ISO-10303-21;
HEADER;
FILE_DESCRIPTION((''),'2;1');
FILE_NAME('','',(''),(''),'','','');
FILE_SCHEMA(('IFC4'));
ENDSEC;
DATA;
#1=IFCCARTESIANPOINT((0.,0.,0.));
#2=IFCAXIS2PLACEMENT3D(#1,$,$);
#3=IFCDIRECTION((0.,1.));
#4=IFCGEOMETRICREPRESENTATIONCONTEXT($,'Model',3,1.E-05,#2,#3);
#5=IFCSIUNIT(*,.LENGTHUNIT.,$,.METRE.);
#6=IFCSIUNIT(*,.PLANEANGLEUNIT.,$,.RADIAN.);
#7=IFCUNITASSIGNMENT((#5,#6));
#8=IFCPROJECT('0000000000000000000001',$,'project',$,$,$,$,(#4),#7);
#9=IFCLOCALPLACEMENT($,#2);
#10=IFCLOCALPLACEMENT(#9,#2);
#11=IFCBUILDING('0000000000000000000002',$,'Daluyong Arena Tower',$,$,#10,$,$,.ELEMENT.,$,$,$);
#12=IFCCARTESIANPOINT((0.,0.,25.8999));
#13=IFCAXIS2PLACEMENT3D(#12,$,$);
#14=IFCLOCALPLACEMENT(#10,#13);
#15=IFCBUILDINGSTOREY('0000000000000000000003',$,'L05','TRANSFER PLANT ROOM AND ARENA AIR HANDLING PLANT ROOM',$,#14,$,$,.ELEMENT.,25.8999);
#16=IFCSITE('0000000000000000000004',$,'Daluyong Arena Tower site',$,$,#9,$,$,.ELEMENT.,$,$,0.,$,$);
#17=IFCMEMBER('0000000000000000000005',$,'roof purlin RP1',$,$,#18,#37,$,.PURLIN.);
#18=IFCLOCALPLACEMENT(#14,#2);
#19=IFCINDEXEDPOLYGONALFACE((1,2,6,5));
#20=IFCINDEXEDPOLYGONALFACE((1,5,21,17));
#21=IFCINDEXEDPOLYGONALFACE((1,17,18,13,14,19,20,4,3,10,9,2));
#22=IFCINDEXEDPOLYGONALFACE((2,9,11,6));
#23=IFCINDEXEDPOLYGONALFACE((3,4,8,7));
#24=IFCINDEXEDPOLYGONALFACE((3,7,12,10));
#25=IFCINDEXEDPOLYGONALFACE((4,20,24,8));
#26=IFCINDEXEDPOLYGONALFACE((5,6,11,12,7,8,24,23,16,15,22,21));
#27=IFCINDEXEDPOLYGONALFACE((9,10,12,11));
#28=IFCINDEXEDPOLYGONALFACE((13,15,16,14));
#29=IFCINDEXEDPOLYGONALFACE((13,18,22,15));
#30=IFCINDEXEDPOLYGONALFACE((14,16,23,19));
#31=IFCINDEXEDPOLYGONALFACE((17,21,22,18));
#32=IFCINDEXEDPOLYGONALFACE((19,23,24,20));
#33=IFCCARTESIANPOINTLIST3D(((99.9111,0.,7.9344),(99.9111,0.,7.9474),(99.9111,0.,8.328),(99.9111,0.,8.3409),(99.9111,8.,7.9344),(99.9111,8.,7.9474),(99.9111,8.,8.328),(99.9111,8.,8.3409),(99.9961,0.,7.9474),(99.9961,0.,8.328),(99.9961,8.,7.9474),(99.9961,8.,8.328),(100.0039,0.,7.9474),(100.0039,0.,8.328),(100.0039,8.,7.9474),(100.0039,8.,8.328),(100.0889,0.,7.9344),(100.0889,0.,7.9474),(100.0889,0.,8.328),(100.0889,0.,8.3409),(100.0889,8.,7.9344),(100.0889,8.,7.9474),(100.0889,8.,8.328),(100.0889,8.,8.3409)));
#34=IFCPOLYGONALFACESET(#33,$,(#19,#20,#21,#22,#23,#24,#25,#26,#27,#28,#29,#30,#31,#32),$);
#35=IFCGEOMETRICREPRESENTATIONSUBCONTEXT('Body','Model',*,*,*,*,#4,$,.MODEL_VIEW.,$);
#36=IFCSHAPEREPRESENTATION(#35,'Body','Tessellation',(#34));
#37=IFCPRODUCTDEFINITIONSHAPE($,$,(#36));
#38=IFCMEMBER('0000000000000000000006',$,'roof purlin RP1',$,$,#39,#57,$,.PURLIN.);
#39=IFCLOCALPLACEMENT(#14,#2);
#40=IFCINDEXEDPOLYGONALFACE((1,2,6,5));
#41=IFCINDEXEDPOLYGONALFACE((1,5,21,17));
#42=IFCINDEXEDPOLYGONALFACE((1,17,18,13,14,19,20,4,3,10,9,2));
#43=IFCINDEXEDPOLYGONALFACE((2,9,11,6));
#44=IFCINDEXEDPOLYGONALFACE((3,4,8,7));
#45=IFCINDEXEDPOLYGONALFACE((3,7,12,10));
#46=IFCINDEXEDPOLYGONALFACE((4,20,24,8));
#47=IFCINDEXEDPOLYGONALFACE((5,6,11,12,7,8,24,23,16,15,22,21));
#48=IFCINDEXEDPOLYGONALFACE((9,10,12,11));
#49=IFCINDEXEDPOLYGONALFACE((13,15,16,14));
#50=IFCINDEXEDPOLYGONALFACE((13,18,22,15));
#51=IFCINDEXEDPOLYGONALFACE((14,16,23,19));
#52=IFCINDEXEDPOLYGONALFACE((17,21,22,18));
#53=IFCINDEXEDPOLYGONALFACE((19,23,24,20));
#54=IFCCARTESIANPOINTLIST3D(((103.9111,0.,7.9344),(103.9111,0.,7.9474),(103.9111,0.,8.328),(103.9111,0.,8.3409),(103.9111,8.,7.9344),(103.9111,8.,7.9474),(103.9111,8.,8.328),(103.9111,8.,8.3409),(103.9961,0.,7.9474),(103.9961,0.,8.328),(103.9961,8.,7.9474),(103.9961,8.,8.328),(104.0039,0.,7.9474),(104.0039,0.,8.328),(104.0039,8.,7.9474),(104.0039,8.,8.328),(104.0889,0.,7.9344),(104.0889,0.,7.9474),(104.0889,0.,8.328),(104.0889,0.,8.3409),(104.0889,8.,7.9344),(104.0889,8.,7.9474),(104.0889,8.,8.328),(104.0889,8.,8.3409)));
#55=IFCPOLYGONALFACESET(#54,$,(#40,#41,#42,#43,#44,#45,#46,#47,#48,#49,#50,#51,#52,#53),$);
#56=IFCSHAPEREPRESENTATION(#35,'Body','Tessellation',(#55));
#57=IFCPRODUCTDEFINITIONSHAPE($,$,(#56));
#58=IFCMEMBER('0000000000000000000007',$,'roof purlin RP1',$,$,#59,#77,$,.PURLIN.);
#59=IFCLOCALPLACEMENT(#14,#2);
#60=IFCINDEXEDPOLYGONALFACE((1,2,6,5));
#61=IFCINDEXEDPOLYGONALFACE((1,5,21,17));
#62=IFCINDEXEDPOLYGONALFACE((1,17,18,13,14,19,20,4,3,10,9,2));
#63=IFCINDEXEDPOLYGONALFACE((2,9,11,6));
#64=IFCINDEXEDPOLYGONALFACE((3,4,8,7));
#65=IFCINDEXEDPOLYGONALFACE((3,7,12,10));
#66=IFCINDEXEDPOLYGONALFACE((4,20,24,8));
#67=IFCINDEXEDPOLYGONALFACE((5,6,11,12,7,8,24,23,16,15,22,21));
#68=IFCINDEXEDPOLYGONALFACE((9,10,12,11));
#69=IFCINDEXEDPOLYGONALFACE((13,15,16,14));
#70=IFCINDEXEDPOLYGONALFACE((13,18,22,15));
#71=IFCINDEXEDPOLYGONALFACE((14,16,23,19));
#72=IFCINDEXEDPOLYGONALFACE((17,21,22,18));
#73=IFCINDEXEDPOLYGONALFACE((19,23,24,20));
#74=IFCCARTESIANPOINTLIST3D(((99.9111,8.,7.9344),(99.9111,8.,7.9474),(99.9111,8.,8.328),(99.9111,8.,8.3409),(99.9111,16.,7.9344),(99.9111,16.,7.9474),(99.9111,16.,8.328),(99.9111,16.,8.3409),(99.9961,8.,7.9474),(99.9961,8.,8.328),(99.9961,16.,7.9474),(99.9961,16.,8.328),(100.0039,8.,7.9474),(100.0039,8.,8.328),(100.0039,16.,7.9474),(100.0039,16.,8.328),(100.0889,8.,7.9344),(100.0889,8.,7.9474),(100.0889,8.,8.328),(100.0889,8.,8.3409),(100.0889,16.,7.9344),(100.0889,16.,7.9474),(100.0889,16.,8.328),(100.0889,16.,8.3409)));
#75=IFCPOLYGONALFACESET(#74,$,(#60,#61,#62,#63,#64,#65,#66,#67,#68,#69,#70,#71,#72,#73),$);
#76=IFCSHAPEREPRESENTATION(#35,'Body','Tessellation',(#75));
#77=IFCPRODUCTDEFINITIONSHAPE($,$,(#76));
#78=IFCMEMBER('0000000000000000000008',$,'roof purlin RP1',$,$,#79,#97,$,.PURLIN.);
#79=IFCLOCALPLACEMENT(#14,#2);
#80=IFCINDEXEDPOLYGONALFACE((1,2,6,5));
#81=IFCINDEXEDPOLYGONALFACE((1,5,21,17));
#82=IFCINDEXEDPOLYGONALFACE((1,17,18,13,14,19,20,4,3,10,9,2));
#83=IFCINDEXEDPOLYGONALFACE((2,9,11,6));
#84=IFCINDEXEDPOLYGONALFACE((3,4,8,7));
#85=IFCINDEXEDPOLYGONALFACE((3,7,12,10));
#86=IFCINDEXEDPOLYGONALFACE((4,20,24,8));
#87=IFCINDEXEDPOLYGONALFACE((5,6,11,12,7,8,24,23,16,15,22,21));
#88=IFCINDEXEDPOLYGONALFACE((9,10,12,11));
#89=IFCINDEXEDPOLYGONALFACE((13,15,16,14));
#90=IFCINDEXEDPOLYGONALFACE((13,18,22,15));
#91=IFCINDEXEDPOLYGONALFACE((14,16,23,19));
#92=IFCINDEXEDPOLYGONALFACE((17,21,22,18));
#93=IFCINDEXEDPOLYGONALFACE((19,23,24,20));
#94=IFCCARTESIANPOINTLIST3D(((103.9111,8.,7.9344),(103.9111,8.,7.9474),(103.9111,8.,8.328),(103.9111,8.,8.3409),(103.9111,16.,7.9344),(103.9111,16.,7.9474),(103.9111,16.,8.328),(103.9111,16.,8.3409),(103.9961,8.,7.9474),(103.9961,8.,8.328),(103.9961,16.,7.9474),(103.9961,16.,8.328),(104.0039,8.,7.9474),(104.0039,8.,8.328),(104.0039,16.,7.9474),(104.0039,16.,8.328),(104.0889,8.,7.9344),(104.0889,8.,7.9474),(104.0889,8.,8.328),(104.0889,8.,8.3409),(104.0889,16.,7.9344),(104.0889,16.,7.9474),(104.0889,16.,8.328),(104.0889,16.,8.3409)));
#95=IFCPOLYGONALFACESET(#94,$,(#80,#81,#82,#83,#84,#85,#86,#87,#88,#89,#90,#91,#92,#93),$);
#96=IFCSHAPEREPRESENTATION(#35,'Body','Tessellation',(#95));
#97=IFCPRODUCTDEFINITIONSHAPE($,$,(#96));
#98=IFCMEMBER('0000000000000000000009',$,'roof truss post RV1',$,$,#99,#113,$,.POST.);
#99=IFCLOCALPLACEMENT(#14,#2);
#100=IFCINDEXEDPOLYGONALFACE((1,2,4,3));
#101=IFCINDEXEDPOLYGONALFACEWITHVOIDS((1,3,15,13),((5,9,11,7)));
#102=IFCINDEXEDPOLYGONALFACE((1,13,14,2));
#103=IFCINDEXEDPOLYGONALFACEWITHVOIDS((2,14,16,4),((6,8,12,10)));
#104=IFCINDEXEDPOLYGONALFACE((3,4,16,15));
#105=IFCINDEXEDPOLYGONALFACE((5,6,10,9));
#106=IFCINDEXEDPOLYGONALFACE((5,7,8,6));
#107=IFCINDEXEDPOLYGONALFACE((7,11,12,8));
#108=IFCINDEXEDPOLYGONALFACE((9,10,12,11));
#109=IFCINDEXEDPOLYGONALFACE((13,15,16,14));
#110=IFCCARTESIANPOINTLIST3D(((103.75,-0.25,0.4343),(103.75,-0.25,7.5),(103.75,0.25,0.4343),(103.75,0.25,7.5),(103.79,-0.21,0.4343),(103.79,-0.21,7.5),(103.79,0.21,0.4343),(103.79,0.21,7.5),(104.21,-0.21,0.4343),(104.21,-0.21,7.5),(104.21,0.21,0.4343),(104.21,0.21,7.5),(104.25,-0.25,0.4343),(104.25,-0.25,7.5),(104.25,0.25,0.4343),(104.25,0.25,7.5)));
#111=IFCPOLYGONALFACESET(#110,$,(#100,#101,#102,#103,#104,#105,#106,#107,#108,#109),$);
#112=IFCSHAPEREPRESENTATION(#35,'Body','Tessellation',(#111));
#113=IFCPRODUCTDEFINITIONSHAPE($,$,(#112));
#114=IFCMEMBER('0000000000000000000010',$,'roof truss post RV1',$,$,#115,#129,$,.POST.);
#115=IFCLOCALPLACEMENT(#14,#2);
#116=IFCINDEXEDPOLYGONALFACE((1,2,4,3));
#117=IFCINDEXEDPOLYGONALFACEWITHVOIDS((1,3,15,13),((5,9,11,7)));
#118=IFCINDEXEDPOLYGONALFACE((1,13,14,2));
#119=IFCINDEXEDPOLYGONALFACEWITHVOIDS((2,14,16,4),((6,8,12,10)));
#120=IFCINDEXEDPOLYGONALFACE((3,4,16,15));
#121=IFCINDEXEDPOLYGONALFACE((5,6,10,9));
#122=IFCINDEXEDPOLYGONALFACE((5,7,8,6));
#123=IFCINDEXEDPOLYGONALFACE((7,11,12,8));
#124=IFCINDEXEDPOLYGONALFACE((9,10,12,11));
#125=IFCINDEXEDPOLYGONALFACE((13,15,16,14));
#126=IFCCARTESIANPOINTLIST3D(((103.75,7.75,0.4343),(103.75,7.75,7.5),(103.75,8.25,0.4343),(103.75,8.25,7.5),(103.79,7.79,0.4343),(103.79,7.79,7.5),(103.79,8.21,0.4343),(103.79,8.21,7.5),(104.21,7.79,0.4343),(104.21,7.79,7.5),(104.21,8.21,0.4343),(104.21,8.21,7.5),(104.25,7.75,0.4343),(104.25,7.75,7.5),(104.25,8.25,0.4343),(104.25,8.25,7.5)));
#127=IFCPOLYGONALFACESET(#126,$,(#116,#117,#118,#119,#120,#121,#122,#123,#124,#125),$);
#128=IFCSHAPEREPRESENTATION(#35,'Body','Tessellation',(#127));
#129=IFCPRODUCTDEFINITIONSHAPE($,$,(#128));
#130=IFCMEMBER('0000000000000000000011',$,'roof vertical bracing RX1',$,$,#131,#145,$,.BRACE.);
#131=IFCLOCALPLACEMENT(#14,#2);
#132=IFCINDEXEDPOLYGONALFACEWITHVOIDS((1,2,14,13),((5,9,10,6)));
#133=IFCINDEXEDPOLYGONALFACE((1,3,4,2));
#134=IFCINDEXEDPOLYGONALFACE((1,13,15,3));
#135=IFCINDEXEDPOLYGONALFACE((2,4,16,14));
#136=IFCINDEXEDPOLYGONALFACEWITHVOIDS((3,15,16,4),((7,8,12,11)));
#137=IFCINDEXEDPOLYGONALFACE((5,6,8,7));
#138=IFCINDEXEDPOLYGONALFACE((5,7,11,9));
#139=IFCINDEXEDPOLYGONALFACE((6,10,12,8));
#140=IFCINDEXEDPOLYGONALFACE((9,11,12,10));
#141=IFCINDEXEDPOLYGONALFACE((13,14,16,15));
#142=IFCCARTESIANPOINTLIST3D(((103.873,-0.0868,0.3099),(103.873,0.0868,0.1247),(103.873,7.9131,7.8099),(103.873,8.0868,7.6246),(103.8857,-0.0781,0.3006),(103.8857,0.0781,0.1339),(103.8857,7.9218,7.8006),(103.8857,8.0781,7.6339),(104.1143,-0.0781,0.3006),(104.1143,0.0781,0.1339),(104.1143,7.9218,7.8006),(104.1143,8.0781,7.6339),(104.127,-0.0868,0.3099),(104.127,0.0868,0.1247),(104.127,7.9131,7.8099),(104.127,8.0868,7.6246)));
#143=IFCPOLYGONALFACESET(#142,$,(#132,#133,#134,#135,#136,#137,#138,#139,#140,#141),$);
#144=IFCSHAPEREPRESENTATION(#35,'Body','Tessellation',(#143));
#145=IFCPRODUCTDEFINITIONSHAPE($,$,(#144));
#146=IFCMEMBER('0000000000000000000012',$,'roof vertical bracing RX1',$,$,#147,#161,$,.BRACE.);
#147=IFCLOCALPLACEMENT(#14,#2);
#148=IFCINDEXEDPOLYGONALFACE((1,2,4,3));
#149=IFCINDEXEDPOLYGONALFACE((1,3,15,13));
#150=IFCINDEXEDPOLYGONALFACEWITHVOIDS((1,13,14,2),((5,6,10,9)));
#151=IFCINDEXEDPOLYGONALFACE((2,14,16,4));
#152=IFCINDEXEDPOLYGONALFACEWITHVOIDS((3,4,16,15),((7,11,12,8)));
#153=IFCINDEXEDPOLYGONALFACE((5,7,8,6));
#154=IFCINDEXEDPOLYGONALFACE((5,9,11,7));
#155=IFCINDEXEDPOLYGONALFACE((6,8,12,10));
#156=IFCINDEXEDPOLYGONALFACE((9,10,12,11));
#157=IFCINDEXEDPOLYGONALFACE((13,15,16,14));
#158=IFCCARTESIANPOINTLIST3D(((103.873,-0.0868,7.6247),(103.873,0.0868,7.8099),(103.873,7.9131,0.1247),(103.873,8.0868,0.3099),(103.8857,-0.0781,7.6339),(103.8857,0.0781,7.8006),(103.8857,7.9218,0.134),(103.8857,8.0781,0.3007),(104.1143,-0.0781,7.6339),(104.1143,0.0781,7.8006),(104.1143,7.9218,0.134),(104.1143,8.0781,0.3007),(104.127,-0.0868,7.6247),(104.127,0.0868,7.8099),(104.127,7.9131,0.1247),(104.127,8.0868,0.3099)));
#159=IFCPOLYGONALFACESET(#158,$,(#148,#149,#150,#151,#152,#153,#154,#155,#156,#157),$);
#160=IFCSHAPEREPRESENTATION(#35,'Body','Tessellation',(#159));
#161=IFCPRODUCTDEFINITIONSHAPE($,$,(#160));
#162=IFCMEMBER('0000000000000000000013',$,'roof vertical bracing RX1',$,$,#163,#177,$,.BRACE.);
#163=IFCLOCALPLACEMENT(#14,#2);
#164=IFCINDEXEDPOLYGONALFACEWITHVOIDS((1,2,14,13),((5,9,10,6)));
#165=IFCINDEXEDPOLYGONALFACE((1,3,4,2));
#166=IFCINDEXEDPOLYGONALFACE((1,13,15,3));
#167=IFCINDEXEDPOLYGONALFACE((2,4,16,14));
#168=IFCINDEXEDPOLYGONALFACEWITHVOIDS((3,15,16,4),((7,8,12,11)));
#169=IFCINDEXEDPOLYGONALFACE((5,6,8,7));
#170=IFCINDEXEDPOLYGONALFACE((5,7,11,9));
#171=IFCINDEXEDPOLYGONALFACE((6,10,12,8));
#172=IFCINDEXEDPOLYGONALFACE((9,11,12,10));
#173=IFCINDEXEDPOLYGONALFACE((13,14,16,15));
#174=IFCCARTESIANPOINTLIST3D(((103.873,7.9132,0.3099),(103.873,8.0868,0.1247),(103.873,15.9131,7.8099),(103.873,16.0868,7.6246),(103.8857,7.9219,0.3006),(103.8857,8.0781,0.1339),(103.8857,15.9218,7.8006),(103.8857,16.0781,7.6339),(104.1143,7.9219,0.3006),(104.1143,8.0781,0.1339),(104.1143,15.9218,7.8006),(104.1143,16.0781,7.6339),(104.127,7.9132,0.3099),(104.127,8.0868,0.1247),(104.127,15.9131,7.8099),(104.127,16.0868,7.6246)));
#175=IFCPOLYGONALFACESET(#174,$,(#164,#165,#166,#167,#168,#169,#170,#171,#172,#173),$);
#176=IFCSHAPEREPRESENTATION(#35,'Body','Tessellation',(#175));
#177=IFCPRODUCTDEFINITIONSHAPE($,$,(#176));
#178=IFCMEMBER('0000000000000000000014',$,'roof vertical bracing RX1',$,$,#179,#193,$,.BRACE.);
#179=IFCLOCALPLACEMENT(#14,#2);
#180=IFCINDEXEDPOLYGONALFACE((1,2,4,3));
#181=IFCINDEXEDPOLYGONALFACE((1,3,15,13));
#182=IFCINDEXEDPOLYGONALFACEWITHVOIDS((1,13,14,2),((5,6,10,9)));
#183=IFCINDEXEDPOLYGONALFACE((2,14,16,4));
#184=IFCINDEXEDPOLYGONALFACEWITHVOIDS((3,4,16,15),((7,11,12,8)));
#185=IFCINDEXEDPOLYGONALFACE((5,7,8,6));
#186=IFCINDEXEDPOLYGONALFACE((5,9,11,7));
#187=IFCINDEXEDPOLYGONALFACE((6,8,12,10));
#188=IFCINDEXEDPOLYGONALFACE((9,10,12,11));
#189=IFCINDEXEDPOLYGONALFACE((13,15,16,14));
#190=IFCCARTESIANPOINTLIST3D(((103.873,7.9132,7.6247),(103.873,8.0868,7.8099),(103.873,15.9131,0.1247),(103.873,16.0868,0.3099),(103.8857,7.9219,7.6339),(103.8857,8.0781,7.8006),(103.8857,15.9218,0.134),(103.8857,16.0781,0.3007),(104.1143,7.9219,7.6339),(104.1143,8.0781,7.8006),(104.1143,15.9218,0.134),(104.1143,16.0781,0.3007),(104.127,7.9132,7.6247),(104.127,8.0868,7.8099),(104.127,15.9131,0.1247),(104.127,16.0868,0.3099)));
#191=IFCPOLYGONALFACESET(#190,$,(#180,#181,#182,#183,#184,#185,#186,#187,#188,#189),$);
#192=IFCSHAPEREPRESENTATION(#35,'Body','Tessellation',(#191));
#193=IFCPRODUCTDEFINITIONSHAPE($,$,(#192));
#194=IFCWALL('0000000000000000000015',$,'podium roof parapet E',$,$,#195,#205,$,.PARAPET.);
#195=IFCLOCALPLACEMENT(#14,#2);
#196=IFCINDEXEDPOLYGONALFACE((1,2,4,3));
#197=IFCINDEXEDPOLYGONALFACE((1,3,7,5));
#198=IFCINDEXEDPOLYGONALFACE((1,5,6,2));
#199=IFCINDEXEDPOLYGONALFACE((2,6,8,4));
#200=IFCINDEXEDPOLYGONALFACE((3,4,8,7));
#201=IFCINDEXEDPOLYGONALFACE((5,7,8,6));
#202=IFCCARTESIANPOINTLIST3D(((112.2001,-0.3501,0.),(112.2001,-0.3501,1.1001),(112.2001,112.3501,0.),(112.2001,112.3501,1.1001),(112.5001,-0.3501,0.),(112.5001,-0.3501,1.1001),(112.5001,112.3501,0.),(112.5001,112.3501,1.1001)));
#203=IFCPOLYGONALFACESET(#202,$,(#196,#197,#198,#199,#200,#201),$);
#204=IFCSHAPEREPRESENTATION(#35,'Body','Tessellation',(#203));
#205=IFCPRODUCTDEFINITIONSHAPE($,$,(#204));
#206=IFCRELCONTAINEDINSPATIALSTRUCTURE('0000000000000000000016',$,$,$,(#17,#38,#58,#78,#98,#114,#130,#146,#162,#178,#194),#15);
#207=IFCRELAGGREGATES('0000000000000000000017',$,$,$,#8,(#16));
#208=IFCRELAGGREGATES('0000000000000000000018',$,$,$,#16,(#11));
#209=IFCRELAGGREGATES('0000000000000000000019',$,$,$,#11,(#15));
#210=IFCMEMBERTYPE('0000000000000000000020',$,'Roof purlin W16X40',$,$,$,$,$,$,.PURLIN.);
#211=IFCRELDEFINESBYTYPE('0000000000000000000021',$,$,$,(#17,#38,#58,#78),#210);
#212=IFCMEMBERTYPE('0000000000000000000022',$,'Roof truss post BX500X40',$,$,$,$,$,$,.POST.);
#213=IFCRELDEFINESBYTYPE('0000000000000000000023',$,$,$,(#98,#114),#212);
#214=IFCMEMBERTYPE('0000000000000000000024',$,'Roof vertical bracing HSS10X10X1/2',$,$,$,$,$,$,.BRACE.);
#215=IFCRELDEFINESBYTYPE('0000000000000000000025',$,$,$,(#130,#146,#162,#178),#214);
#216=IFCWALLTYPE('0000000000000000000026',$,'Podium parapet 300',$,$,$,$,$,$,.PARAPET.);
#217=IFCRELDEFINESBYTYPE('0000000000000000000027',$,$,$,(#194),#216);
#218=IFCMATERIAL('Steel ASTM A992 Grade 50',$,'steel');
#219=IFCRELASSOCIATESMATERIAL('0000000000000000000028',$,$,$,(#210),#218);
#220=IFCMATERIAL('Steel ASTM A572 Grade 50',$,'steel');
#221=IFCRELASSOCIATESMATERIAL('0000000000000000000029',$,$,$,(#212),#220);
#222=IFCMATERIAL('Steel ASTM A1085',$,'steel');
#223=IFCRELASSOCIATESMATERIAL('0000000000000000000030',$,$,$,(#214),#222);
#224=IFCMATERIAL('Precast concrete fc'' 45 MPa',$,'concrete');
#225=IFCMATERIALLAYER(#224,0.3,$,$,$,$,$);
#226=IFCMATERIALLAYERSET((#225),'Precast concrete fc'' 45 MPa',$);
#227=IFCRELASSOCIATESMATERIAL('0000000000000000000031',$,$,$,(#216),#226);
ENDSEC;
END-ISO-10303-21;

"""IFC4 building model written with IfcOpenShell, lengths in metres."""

from ifc_helpers import new_model, si_unit, direction, frame, frame_2d, origin, origin_2d, place, context, subcontext, project, spatial, rectangle, hollow_rectangle, i_section, extrude, material, layer, layer_set, material_profile, profile_set, type_object, element, save


model = new_model("IFC4")

# Units and contexts
model_context = context("Model", 3, precision=1e-05, world=origin(), true_north=direction((0.0, 1.0)))
body_context = subcontext(model_context, "Body", "Model", "MODEL_VIEW")
ifc_project = project(units=[si_unit("LENGTHUNIT", "METRE"), si_unit("PLANEANGLEUNIT", "RADIAN")], contexts=[model_context])

# Site, building, storey
site_placement = place(None, origin())
site = spatial("IfcSite", under=ifc_project, at=site_placement, Name="Daluyong Arena Tower site", CompositionType="ELEMENT", RefElevation=0.0)
building_placement = place(site_placement, origin())
building = spatial("IfcBuilding", under=site, at=building_placement, Name="Daluyong Arena Tower", CompositionType="ELEMENT")
storey_placement = place(building_placement, frame((0.0, 0.0, 25.8999)))
storey = spatial("IfcBuildingStorey", under=building, at=storey_placement, Name="L05", Description="TRANSFER PLANT ROOM AND ARENA AIR HANDLING PLANT ROOM", CompositionType="ELEMENT", Elevation=25.8999)

# Members
ifc_material_1 = material(Name="Steel ASTM A992 Grade 50", Category="steel")
ifc_material_profile_1 = material_profile(ifc_material_1, i_section(OverallWidth=0.1777, OverallDepth=0.4065, WebThickness=0.0078, FlangeThickness=0.0129, at=origin_2d()))
ifc_profile_set_1 = profile_set([ifc_material_profile_1], Name="Steel ASTM A992 Grade 50")
member_type_1 = type_object("IfcMemberType", Name="Roof purlin W16X40", PredefinedType="PURLIN", material=ifc_profile_set_1)
for number, where, z_axis, x_axis, name in (
    (1, (100.0, 0.0, 8.1377), (0.0, 1.0, 0.0), (-1.0, 0.0, 0.0), "roof purlin RP1"),
    (2, (104.0, 0.0, 8.1377), (0.0, 1.0, 0.0), (-1.0, 0.0, 0.0), "roof purlin RP1"),
    (3, (100.0, 8.0, 8.1377), (0.0, 1.0, 0.0), (-1.0, 0.0, 0.0), "roof purlin RP1"),
    (4, (104.0, 8.0, 8.1377), (0.0, 1.0, 0.0), (-1.0, 0.0, 0.0), "roof purlin RP1"),
):
    element("IfcMember", number, at=place(storey_placement, frame(where, z_axis=z_axis, x_axis=x_axis)), inside=storey, type_object=member_type_1, Name=name, PredefinedType="PURLIN", context=body_context, shape_type="SweptSolid", body=[
        extrude(i_section(OverallWidth=0.1777, OverallDepth=0.4065, WebThickness=0.0078, FlangeThickness=0.0129, at=origin_2d()), origin(), (0.0, 0.0, 1.0), 8.0),
    ])
ifc_material_2 = material(Name="Steel ASTM A572 Grade 50", Category="steel")
ifc_material_profile_2 = material_profile(ifc_material_2, hollow_rectangle(XDim=0.5, YDim=0.5, WallThickness=0.04, at=origin_2d()))
ifc_profile_set_2 = profile_set([ifc_material_profile_2], Name="Steel ASTM A572 Grade 50")
member_type_2 = type_object("IfcMemberType", Name="Roof truss post BX500X40", PredefinedType="POST", material=ifc_profile_set_2)
for number, where, z_axis, x_axis, name in (
    (5, (104.0, 0.0, 0.4343), (0.0, 0.0, 1.0), (1.0, 0.0, 0.0), "roof truss post RV1"),
    (6, (104.0, 8.0, 0.4343), (0.0, 0.0, 1.0), (1.0, 0.0, 0.0), "roof truss post RV1"),
):
    element("IfcMember", number, at=place(storey_placement, frame(where, z_axis=z_axis, x_axis=x_axis)), inside=storey, type_object=member_type_2, Name=name, PredefinedType="POST", context=body_context, shape_type="SweptSolid", body=[
        extrude(hollow_rectangle(XDim=0.5, YDim=0.5, WallThickness=0.04, at=origin_2d()), origin(), (0.0, 0.0, 1.0), 7.0657),
    ])
ifc_material_3 = material(Name="Steel ASTM A1085", Category="steel")
ifc_material_profile_3 = material_profile(ifc_material_3, hollow_rectangle(XDim=0.2539, YDim=0.2539, WallThickness=0.0127, at=origin_2d()))
ifc_profile_set_3 = profile_set([ifc_material_profile_3], Name="Steel ASTM A1085")
member_type_3 = type_object("IfcMemberType", Name="Roof vertical bracing HSS10X10X1/2", PredefinedType="BRACE", material=ifc_profile_set_3)
for number, where, z_axis, x_axis, name in (
    (7, (104.0, 0.0, 0.2173), (0.0, 0.729537, 0.683941), (-1.0, 0.0, 0.0), "roof vertical bracing RX1"),
    (8, (104.0, 0.0, 7.7173), (0.0, 0.729537, -0.683941), (-1.0, 0.0, 0.0), "roof vertical bracing RX1"),
    (9, (104.0, 8.0, 0.2173), (0.0, 0.729537, 0.683941), (-1.0, 0.0, 0.0), "roof vertical bracing RX1"),
    (10, (104.0, 8.0, 7.7173), (0.0, 0.729537, -0.683941), (-1.0, 0.0, 0.0), "roof vertical bracing RX1"),
):
    element("IfcMember", number, at=place(storey_placement, frame(where, z_axis=z_axis, x_axis=x_axis)), inside=storey, type_object=member_type_3, Name=name, PredefinedType="BRACE", context=body_context, shape_type="SweptSolid", body=[
        extrude(hollow_rectangle(XDim=0.2539, YDim=0.2539, WallThickness=0.0127, at=origin_2d()), origin(), (0.0, 0.0, 1.0), 10.9658),
    ])

# Wall
ifc_material_4 = material(Name="Precast concrete fc' 45 MPa", Category="concrete")
ifc_layer = layer(ifc_material_4, 0.3)
ifc_layer_set = layer_set([ifc_layer], Name="Precast concrete fc' 45 MPa")
wall_type = type_object("IfcWallType", Name="Podium parapet 300", PredefinedType="PARAPET", material=ifc_layer_set)
wall_placement = place(storey_placement, frame((112.3501, -0.3501, 0.0), z_axis=(0.0, 0.0, 1.0), x_axis=(0.0, 1.0, 0.0)))
element("IfcWall", 11, at=wall_placement, inside=storey, type_object=wall_type, Name="podium roof parapet E", PredefinedType="PARAPET", context=body_context, shape_type="SweptSolid", body=[
    extrude(rectangle(XDim=112.7002, YDim=0.3, at=frame_2d((56.3501, 0.0))), origin(), (0.0, 0.0, 1.0), 1.1001),
])

save(model, "model.ifc")
